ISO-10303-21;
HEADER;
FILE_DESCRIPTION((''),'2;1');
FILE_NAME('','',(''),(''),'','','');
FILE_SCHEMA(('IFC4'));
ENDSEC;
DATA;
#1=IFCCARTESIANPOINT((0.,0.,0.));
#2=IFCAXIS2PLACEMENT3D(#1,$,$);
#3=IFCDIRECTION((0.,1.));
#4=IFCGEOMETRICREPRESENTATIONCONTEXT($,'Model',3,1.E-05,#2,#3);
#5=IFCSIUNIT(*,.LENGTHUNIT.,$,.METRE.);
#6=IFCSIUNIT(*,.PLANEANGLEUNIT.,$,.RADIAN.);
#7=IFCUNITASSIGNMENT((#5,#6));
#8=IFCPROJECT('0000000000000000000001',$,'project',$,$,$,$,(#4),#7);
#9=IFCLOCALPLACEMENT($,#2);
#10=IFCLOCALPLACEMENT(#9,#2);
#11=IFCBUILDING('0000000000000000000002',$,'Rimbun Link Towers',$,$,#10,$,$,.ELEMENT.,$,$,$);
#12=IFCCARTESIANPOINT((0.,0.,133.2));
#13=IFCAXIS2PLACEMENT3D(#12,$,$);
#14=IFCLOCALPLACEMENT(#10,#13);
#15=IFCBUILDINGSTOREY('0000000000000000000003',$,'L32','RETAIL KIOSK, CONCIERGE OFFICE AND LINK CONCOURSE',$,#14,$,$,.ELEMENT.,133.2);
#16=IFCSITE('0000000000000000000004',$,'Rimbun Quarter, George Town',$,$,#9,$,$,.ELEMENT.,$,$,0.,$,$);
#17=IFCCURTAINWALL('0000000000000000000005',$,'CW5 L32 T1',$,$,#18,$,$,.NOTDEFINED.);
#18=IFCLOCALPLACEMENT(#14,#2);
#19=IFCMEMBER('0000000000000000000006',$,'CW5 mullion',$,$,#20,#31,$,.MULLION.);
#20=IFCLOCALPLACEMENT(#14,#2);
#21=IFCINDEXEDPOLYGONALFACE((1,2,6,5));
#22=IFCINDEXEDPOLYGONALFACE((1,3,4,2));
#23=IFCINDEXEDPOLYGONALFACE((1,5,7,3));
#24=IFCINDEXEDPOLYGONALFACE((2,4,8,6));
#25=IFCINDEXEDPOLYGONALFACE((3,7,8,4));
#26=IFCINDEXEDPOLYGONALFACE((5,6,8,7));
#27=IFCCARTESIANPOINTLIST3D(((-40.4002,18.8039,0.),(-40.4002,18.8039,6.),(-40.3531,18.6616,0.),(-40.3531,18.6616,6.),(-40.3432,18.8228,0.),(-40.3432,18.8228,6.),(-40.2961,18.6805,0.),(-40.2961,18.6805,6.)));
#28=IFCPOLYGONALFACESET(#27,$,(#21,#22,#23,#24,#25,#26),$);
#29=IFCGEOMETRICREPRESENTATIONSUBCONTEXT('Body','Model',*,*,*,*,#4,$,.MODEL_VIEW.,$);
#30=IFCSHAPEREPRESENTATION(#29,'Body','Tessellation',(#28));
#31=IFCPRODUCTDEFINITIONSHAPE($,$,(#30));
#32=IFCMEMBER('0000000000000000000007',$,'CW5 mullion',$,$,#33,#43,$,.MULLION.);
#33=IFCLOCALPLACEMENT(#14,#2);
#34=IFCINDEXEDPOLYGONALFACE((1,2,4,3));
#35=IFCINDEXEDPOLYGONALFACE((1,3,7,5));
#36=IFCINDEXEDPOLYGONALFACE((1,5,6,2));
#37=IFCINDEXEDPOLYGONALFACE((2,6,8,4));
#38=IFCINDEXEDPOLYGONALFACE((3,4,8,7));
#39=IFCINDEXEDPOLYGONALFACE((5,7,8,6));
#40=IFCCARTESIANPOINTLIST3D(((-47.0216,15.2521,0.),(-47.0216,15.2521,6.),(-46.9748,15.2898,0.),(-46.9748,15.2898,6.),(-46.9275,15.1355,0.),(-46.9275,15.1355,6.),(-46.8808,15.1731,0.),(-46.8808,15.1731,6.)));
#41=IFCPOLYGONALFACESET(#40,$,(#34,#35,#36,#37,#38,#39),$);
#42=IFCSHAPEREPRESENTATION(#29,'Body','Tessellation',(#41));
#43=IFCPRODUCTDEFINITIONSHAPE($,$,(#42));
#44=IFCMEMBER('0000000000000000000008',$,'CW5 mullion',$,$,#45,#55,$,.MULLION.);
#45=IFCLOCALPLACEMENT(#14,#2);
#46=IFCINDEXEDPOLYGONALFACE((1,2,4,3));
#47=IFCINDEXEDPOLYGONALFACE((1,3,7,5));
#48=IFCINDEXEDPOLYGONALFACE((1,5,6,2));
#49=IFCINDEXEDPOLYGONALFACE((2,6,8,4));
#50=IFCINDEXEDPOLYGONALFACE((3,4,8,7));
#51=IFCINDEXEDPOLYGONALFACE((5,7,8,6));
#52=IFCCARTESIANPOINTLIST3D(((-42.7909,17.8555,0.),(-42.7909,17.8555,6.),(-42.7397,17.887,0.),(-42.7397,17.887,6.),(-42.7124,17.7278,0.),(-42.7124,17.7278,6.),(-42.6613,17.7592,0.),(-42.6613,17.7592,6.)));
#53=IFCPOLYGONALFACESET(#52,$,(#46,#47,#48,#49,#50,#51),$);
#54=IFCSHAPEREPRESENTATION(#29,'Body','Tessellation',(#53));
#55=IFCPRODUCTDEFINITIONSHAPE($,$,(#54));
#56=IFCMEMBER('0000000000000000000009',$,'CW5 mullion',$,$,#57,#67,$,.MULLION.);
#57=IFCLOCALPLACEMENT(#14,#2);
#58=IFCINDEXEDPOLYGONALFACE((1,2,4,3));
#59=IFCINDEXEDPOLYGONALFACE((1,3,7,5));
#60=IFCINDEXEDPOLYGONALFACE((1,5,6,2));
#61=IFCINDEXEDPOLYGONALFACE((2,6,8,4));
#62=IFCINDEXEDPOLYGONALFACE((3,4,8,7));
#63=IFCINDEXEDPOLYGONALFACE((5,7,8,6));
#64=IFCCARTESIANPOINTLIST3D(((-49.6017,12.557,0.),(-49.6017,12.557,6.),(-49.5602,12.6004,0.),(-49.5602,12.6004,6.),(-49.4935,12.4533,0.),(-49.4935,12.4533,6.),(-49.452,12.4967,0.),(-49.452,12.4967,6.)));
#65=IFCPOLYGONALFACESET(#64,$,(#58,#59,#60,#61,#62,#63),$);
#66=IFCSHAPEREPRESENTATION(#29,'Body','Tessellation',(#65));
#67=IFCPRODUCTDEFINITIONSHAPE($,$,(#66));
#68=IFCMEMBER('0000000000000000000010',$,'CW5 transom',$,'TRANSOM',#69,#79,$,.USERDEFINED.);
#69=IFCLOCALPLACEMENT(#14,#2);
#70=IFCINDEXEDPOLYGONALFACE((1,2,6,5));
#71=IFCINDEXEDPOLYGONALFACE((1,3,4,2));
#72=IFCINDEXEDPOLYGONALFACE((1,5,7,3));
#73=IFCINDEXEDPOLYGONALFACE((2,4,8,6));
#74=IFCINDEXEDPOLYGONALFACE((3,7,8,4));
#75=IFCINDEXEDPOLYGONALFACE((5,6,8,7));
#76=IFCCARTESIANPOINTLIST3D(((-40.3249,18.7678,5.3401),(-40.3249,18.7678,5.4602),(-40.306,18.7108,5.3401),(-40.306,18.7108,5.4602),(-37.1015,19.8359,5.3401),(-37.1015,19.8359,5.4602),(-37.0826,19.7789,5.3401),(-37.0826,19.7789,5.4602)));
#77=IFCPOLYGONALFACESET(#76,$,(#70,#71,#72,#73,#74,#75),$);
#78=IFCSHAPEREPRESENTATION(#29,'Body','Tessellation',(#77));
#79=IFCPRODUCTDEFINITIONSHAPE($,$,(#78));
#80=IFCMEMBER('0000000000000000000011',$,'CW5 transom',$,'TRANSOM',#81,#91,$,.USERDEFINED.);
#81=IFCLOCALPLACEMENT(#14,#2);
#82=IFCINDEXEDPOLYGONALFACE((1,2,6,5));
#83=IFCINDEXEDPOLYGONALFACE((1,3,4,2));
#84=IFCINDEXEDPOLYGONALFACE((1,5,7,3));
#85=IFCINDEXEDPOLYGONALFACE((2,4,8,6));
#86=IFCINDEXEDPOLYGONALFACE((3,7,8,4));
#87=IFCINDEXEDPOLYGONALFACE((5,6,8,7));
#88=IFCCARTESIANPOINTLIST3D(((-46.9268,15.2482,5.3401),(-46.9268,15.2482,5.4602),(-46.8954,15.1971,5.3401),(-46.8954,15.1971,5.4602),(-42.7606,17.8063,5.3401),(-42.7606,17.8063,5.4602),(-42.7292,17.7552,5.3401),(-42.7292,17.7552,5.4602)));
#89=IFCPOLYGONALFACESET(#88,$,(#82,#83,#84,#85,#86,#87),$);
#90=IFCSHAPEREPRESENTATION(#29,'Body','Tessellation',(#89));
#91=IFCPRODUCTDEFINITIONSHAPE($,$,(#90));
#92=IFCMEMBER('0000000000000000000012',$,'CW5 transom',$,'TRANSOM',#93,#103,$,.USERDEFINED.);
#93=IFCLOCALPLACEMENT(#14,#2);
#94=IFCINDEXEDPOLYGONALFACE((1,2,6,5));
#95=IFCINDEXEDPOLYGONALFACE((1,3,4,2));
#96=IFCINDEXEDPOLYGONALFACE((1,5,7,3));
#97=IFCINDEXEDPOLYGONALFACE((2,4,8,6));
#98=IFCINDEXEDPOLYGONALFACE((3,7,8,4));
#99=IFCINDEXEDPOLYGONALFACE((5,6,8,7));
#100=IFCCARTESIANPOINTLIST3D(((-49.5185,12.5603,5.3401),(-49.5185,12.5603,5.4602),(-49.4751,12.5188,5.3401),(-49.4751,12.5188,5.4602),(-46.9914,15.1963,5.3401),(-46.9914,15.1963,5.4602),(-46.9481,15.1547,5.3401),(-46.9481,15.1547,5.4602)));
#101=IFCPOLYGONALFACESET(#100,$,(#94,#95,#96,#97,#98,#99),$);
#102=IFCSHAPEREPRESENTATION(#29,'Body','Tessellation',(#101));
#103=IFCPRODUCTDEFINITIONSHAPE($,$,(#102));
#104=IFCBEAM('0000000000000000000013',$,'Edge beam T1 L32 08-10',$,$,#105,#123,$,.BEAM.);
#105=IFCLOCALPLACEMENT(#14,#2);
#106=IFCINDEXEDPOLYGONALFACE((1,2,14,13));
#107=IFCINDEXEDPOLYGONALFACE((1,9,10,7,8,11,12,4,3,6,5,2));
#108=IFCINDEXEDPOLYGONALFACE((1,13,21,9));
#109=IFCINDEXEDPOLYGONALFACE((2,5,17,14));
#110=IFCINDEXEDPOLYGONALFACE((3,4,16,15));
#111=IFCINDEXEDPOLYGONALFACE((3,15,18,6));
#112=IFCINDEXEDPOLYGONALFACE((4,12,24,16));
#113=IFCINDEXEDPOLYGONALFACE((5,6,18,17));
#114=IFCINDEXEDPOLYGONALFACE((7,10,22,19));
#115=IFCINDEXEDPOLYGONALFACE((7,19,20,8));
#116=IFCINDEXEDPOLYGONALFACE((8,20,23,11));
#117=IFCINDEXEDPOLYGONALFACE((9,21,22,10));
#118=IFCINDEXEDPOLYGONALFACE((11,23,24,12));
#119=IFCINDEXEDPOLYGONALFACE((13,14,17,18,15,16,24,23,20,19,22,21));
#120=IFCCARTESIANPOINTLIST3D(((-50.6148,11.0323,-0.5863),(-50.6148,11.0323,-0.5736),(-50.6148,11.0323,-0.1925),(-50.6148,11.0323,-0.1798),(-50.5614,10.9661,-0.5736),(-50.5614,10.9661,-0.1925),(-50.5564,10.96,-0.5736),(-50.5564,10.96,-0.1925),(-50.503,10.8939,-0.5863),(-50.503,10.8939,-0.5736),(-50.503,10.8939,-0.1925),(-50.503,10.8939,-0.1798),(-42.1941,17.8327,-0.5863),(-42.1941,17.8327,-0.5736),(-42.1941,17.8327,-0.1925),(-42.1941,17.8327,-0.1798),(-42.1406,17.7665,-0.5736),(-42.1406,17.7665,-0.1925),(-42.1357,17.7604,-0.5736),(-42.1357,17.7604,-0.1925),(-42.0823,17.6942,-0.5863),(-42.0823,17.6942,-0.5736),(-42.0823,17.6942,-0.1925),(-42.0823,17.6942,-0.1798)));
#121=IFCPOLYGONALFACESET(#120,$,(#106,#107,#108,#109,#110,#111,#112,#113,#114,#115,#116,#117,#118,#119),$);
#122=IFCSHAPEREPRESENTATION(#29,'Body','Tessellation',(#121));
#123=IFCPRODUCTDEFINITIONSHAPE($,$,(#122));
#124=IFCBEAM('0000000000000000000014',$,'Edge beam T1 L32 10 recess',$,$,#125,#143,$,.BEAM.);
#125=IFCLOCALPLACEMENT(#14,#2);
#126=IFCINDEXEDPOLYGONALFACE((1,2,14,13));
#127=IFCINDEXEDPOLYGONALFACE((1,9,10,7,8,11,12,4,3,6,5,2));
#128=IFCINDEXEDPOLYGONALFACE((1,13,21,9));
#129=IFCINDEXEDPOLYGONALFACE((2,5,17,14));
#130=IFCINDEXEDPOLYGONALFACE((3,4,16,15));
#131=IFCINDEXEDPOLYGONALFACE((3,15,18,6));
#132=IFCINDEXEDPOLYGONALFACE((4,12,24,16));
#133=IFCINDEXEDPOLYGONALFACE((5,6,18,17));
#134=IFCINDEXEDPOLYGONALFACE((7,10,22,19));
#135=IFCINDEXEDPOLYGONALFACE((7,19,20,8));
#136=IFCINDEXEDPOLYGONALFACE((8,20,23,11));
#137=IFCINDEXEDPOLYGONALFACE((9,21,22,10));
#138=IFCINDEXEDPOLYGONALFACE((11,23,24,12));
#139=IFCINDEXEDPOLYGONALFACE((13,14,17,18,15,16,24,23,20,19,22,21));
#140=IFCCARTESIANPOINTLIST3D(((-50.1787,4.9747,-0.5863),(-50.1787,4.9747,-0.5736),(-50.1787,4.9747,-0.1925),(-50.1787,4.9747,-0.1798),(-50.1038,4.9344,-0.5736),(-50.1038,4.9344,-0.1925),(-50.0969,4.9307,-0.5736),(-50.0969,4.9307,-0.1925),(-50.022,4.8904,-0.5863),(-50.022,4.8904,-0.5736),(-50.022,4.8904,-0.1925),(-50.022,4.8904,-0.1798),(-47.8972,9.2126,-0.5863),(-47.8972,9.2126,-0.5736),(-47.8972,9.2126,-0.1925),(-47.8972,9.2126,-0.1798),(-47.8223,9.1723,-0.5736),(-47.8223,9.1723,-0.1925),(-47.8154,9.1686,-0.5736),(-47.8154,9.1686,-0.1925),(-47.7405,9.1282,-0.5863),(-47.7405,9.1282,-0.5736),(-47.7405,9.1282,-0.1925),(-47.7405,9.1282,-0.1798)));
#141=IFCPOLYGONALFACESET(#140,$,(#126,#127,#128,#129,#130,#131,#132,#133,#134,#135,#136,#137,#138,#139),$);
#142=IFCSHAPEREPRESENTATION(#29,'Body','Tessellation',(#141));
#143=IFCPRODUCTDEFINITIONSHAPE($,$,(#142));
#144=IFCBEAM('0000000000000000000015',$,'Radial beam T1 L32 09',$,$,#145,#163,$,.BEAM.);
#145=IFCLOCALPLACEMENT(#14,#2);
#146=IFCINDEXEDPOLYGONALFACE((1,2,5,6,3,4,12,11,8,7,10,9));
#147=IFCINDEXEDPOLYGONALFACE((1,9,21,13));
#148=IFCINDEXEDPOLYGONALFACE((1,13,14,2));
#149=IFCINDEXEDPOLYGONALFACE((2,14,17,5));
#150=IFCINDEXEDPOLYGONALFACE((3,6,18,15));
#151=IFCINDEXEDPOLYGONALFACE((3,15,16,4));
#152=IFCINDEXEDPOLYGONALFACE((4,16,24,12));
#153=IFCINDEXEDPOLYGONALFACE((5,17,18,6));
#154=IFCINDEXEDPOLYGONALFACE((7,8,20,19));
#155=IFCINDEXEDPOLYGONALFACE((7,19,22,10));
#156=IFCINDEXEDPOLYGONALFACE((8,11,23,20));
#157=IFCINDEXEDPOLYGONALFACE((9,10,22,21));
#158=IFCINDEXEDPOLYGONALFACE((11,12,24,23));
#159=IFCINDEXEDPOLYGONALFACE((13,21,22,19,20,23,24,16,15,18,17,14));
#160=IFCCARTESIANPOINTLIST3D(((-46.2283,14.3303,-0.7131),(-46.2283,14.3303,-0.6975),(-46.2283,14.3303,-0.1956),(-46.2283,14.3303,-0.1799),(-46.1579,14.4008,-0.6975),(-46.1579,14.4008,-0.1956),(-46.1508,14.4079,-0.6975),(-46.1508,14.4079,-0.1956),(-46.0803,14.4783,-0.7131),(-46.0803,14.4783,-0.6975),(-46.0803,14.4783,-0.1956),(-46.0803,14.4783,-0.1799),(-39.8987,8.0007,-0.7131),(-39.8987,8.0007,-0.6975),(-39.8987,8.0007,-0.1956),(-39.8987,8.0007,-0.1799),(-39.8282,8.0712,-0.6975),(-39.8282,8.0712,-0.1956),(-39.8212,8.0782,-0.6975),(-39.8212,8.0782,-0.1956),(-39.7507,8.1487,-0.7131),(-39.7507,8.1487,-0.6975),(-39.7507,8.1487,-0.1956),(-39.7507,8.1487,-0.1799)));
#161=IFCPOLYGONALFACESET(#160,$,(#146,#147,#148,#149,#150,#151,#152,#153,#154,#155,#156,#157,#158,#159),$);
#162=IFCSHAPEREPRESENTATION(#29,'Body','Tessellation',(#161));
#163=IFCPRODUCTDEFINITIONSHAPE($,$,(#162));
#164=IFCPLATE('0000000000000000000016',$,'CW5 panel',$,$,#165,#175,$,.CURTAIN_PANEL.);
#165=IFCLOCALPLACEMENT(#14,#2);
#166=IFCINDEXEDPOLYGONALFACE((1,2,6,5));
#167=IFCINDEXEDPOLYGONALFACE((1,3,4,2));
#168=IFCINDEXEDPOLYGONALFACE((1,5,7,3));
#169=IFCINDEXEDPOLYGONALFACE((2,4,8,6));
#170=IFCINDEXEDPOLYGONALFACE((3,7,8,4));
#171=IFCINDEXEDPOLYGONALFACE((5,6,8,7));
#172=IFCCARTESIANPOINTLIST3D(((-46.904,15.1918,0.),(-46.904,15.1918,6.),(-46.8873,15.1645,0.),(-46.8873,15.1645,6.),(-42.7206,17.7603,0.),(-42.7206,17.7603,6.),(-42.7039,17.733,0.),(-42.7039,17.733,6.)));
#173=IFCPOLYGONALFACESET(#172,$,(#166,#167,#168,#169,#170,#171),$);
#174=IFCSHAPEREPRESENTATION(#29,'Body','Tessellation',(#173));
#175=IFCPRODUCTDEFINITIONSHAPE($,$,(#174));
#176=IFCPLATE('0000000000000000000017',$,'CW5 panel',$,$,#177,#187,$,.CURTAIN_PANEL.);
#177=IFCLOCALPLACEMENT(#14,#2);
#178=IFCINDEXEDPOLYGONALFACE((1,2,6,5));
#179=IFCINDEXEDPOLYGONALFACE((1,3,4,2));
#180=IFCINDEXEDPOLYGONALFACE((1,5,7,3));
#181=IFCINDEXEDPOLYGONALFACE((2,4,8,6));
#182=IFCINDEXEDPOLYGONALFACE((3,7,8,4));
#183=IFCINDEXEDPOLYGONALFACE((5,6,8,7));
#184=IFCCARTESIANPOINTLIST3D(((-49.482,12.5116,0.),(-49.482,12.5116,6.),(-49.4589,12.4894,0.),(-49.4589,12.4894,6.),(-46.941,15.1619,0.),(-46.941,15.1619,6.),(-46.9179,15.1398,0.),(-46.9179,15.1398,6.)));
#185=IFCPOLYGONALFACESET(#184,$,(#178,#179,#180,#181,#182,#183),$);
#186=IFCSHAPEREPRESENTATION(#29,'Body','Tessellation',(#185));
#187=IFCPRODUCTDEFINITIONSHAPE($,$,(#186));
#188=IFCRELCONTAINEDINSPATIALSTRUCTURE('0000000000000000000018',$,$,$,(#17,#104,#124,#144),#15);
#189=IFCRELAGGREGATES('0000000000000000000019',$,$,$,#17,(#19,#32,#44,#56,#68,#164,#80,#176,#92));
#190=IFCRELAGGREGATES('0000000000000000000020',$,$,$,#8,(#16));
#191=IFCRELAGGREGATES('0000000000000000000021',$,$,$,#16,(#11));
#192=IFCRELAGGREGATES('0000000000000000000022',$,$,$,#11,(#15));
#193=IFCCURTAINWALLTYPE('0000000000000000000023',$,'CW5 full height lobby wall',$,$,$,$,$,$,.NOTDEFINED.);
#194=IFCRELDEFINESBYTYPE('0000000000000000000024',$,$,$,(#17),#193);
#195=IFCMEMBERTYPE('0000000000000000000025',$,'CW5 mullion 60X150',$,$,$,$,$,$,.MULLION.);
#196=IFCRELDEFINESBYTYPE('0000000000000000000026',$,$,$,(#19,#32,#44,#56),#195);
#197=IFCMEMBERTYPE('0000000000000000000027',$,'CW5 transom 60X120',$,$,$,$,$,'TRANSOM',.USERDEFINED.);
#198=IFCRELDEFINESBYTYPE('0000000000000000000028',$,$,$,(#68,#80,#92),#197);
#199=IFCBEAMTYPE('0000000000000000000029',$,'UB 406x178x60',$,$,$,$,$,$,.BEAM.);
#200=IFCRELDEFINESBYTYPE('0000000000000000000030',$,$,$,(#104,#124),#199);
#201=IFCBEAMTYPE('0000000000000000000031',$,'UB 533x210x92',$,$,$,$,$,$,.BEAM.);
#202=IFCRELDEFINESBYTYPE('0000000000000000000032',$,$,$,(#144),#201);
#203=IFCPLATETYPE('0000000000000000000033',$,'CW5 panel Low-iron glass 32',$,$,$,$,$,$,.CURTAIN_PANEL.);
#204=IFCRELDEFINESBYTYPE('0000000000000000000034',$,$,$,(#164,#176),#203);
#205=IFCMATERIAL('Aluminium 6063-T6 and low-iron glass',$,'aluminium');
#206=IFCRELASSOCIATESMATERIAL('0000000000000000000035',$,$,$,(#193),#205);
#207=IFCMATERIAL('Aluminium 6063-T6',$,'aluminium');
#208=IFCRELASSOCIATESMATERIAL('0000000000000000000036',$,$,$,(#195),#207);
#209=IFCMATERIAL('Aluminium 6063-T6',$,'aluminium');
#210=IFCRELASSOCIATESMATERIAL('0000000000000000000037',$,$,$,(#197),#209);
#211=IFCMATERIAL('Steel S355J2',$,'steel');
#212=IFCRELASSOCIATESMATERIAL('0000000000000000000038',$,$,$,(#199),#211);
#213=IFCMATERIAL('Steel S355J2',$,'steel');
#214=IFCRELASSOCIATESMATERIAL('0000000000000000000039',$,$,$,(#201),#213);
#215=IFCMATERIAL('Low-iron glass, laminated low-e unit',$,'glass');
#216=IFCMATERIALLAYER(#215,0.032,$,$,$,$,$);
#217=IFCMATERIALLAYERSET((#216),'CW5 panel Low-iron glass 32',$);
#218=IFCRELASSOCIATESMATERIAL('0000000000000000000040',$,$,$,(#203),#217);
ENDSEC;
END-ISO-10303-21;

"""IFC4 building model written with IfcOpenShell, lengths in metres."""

from ifc_helpers import new_model, si_unit, direction, frame, origin, origin_2d, place, context, subcontext, project, spatial, rectangle, i_section, extrude, material, layer, layer_set, material_profile, profile_set, type_object, element, aggregate, save


model = new_model("IFC4")

# Units and contexts
model_context = context("Model", 3, precision=1e-05, world=origin(), true_north=direction((0.0, 1.0)))
body_context = subcontext(model_context, "Body", "Model", "MODEL_VIEW")
ifc_project = project(units=[si_unit("LENGTHUNIT", "METRE"), si_unit("PLANEANGLEUNIT", "RADIAN")], contexts=[model_context])

# Site, building, storey
site_placement = place(None, origin())
site = spatial("IfcSite", under=ifc_project, at=site_placement, Name="Rimbun Quarter, George Town", CompositionType="ELEMENT", RefElevation=0.0)
building_placement = place(site_placement, origin())
building = spatial("IfcBuilding", under=site, at=building_placement, Name="Rimbun Link Towers", CompositionType="ELEMENT")
storey_placement = place(building_placement, frame((0.0, 0.0, 133.2)))
storey = spatial("IfcBuildingStorey", under=building, at=storey_placement, Name="L32", Description="RETAIL KIOSK, CONCIERGE OFFICE AND LINK CONCOURSE", CompositionType="ELEMENT", Elevation=133.2)

# Curtain wall, members
ifc_material_1 = material(Name="Aluminium 6063-T6 and low-iron glass", Category="aluminium")
curtain_wall_type = type_object("IfcCurtainWallType", Name="CW5 full height lobby wall", PredefinedType="NOTDEFINED", material=ifc_material_1)
curtain_wall_placement = place(storey_placement, origin())
curtain_wall = element("IfcCurtainWall", 1, at=curtain_wall_placement, inside=storey, type_object=curtain_wall_type, Name="CW5 L32 T1", PredefinedType="NOTDEFINED")
ifc_material_2 = material(Name="Aluminium 6063-T6", Category="aluminium")
ifc_material_profile_1 = material_profile(ifc_material_2, rectangle(XDim=0.1499, YDim=0.0601, at=origin_2d()), Name="MULLION 60X150")
ifc_profile_set_1 = profile_set([ifc_material_profile_1], Name="Aluminium 6063-T6")
member_type_1 = type_object("IfcMemberType", Name="CW5 mullion 60X150", PredefinedType="MULLION", material=ifc_profile_set_1)
member_1_placement = place(storey_placement, frame((-40.3481, 18.7422, 0.0), z_axis=(0.0, 0.0, 1.0), x_axis=(-0.314568, 0.949235, 0.0)))
member_1 = element("IfcMember", 2, at=member_1_placement, type_object=member_type_1, Name="CW5 mullion", PredefinedType="MULLION", context=body_context, shape_type="SweptSolid", body=[
    extrude(rectangle(XDim=0.1499, YDim=0.0601, at=origin_2d()), origin(), (0.0, 0.0, 1.0), 6.0),
])
member_2_placement = place(storey_placement, frame((-46.9512, 15.2126, 0.0), z_axis=(0.0, 0.0, 1.0), x_axis=(-0.627671, 0.778479, 0.0)))
member_2 = element("IfcMember", 3, at=member_2_placement, type_object=member_type_1, Name="CW5 mullion", PredefinedType="MULLION", context=body_context, shape_type="SweptSolid", body=[
    extrude(rectangle(XDim=0.1499, YDim=0.0601, at=origin_2d()), origin(), (0.0, 0.0, 1.0), 6.0),
])
member_3_placement = place(storey_placement, frame((-42.7261, 17.8074, 0.0), z_axis=(0.0, 0.0, 1.0), x_axis=(-0.523225, 0.852194, 0.0)))
member_3 = element("IfcMember", 4, at=member_3_placement, type_object=member_type_1, Name="CW5 mullion", PredefinedType="MULLION", context=body_context, shape_type="SweptSolid", body=[
    extrude(rectangle(XDim=0.1499, YDim=0.0601, at=origin_2d()), origin(), (0.0, 0.0, 1.0), 6.0),
])
member_4_placement = place(storey_placement, frame((-49.5269, 12.5269, 0.0), z_axis=(0.0, 0.0, 1.0), x_axis=(-0.721858, 0.692041, 0.0)))
member_4 = element("IfcMember", 5, at=member_4_placement, type_object=member_type_1, Name="CW5 mullion", PredefinedType="MULLION", context=body_context, shape_type="SweptSolid", body=[
    extrude(rectangle(XDim=0.1499, YDim=0.0601, at=origin_2d()), origin(), (0.0, 0.0, 1.0), 6.0),
])
ifc_material_3 = material(Name="Aluminium 6063-T6", Category="aluminium")
ifc_material_profile_2 = material_profile(ifc_material_3, rectangle(XDim=0.0601, YDim=0.1201, at=origin_2d()), Name="TRANSOM 60X120")
ifc_profile_set_2 = profile_set([ifc_material_profile_2], Name="Aluminium 6063-T6")
member_type_2 = type_object("IfcMemberType", Name="CW5 transom 60X120", ElementType="TRANSOM", PredefinedType="USERDEFINED", material=ifc_profile_set_2)
member_5_placement = place(storey_placement, frame((-40.3154, 18.7393, 5.4001), z_axis=(0.949243, 0.314545, 0.0), x_axis=(-0.314545, 0.949243, 0.0)))
member_5 = element("IfcMember", 6, at=member_5_placement, type_object=member_type_2, Name="CW5 transom", ObjectType="TRANSOM", PredefinedType="USERDEFINED", context=body_context, shape_type="SweptSolid", body=[
    extrude(rectangle(XDim=0.0601, YDim=0.1201, at=origin_2d()), origin(), (0.0, 0.0, 1.0), 3.3958),
])
member_6_placement = place(storey_placement, frame((-46.9111, 15.2227, 5.4001), z_axis=(0.852183, 0.523245, 0.0), x_axis=(-0.523245, 0.852183, 0.0)))
member_6 = element("IfcMember", 7, at=member_6_placement, type_object=member_type_2, Name="CW5 transom", ObjectType="TRANSOM", PredefinedType="USERDEFINED", context=body_context, shape_type="SweptSolid", body=[
    extrude(rectangle(XDim=0.0601, YDim=0.1201, at=origin_2d()), origin(), (0.0, 0.0, 1.0), 4.8889),
])
member_7_placement = place(storey_placement, frame((-49.4968, 12.5396, 5.4001), z_axis=(0.69204, 0.721859, 0.0), x_axis=(-0.721859, 0.69204, 0.0)))
member_7 = element("IfcMember", 8, at=member_7_placement, type_object=member_type_2, Name="CW5 transom", ObjectType="TRANSOM", PredefinedType="USERDEFINED", context=body_context, shape_type="SweptSolid", body=[
    extrude(rectangle(XDim=0.0601, YDim=0.1201, at=origin_2d()), origin(), (0.0, 0.0, 1.0), 3.6516),
])

# Beams
ifc_material_4 = material(Name="Steel S355J2", Category="steel")
ifc_material_profile_3 = material_profile(ifc_material_4, i_section(OverallWidth=0.178, OverallDepth=0.4065, WebThickness=0.0078, FlangeThickness=0.0127, at=origin_2d()), Name="UB 406x178x60")
ifc_profile_set_3 = profile_set([ifc_material_profile_3], Name="Steel S355J2")
beam_type_1 = type_object("IfcBeamType", Name="UB 406x178x60", PredefinedType="BEAM", material=ifc_profile_set_3)
beam_1_placement = place(storey_placement, frame((-42.1382, 17.7634, -0.3831), z_axis=(-0.777987, -0.628281, 0.0), x_axis=(0.628281, -0.777987, 0.0)))
element("IfcBeam", 9, at=beam_1_placement, inside=storey, type_object=beam_type_1, Name="Edge beam T1 L32 08-10", PredefinedType="BEAM", context=body_context, shape_type="SweptSolid", body=[
    extrude(i_section(OverallWidth=0.178, OverallDepth=0.4065, WebThickness=0.0078, FlangeThickness=0.0127, at=origin_2d()), origin(), (0.0, 0.0, 1.0), 10.8237),
])
beam_2_placement = place(storey_placement, frame((-47.8188, 9.1704, -0.3831), z_axis=(-0.474036, -0.880505, 0.0), x_axis=(0.880505, -0.474036, 0.0)))
element("IfcBeam", 10, at=beam_2_placement, inside=storey, type_object=beam_type_1, Name="Edge beam T1 L32 10 recess", PredefinedType="BEAM", context=body_context, shape_type="SweptSolid", body=[
    extrude(i_section(OverallWidth=0.178, OverallDepth=0.4065, WebThickness=0.0078, FlangeThickness=0.0127, at=origin_2d()), origin(), (0.0, 0.0, 1.0), 4.813),
])
ifc_material_5 = material(Name="Steel S355J2", Category="steel")
ifc_material_profile_4 = material_profile(ifc_material_5, i_section(OverallWidth=0.2092, OverallDepth=0.5332, WebThickness=0.01, FlangeThickness=0.0156, at=origin_2d()), Name="UB 533x210x92")
ifc_profile_set_4 = profile_set([ifc_material_profile_4], Name="Steel S355J2")
beam_type_2 = type_object("IfcBeamType", Name="UB 533x210x92", PredefinedType="BEAM", material=ifc_profile_set_4)
beam_3_placement = place(storey_placement, frame((-39.8247, 8.0747, -0.4465), z_axis=(-0.707107, 0.707107, 0.0), x_axis=(-0.707107, -0.707107, 0.0)))
element("IfcBeam", 11, at=beam_3_placement, inside=storey, type_object=beam_type_2, Name="Radial beam T1 L32 09", PredefinedType="BEAM", context=body_context, shape_type="SweptSolid", body=[
    extrude(i_section(OverallWidth=0.2092, OverallDepth=0.5332, WebThickness=0.01, FlangeThickness=0.0156, at=origin_2d()), origin(), (0.0, 0.0, 1.0), 8.9514),
])

# Plates
ifc_material_6 = material(Name="Low-iron glass, laminated low-e unit", Category="glass")
ifc_layer_1 = layer(ifc_material_6, 0.032)
ifc_layer_set_1 = layer_set([ifc_layer_1], Name="CW5 panel Low-iron glass 32")
plate_type = type_object("IfcPlateType", Name="CW5 panel Low-iron glass 32", PredefinedType="CURTAIN_PANEL", material=ifc_layer_set_1)
plate_1_placement = place(storey_placement, frame((-44.804, 16.4624, 0.0), z_axis=(0.0, 0.0, 1.0), x_axis=(0.852194, 0.523225, 0.0)))
plate_1 = element("IfcPlate", 12, at=plate_1_placement, type_object=plate_type, Name="CW5 panel", PredefinedType="CURTAIN_PANEL", context=body_context, shape_type="SweptSolid", body=[
    extrude(rectangle(XDim=4.9089, YDim=0.032, at=origin_2d()), origin(), (0.0, 0.0, 1.0), 6.0),
])
plate_2_placement = place(storey_placement, frame((-48.2, 13.8257, 0.0), z_axis=(0.0, 0.0, 1.0), x_axis=(0.692041, 0.721858, 0.0)))
plate_2 = element("IfcPlate", 13, at=plate_2_placement, type_object=plate_type, Name="CW5 panel", PredefinedType="CURTAIN_PANEL", context=body_context, shape_type="SweptSolid", body=[
    extrude(rectangle(XDim=3.6716, YDim=0.032, at=origin_2d()), origin(), (0.0, 0.0, 1.0), 6.0),
])
aggregate(curtain_wall, [member_1, member_2, member_3, member_4, member_5, plate_1, member_6, plate_2, member_7])

save(model, "model.ifc")
